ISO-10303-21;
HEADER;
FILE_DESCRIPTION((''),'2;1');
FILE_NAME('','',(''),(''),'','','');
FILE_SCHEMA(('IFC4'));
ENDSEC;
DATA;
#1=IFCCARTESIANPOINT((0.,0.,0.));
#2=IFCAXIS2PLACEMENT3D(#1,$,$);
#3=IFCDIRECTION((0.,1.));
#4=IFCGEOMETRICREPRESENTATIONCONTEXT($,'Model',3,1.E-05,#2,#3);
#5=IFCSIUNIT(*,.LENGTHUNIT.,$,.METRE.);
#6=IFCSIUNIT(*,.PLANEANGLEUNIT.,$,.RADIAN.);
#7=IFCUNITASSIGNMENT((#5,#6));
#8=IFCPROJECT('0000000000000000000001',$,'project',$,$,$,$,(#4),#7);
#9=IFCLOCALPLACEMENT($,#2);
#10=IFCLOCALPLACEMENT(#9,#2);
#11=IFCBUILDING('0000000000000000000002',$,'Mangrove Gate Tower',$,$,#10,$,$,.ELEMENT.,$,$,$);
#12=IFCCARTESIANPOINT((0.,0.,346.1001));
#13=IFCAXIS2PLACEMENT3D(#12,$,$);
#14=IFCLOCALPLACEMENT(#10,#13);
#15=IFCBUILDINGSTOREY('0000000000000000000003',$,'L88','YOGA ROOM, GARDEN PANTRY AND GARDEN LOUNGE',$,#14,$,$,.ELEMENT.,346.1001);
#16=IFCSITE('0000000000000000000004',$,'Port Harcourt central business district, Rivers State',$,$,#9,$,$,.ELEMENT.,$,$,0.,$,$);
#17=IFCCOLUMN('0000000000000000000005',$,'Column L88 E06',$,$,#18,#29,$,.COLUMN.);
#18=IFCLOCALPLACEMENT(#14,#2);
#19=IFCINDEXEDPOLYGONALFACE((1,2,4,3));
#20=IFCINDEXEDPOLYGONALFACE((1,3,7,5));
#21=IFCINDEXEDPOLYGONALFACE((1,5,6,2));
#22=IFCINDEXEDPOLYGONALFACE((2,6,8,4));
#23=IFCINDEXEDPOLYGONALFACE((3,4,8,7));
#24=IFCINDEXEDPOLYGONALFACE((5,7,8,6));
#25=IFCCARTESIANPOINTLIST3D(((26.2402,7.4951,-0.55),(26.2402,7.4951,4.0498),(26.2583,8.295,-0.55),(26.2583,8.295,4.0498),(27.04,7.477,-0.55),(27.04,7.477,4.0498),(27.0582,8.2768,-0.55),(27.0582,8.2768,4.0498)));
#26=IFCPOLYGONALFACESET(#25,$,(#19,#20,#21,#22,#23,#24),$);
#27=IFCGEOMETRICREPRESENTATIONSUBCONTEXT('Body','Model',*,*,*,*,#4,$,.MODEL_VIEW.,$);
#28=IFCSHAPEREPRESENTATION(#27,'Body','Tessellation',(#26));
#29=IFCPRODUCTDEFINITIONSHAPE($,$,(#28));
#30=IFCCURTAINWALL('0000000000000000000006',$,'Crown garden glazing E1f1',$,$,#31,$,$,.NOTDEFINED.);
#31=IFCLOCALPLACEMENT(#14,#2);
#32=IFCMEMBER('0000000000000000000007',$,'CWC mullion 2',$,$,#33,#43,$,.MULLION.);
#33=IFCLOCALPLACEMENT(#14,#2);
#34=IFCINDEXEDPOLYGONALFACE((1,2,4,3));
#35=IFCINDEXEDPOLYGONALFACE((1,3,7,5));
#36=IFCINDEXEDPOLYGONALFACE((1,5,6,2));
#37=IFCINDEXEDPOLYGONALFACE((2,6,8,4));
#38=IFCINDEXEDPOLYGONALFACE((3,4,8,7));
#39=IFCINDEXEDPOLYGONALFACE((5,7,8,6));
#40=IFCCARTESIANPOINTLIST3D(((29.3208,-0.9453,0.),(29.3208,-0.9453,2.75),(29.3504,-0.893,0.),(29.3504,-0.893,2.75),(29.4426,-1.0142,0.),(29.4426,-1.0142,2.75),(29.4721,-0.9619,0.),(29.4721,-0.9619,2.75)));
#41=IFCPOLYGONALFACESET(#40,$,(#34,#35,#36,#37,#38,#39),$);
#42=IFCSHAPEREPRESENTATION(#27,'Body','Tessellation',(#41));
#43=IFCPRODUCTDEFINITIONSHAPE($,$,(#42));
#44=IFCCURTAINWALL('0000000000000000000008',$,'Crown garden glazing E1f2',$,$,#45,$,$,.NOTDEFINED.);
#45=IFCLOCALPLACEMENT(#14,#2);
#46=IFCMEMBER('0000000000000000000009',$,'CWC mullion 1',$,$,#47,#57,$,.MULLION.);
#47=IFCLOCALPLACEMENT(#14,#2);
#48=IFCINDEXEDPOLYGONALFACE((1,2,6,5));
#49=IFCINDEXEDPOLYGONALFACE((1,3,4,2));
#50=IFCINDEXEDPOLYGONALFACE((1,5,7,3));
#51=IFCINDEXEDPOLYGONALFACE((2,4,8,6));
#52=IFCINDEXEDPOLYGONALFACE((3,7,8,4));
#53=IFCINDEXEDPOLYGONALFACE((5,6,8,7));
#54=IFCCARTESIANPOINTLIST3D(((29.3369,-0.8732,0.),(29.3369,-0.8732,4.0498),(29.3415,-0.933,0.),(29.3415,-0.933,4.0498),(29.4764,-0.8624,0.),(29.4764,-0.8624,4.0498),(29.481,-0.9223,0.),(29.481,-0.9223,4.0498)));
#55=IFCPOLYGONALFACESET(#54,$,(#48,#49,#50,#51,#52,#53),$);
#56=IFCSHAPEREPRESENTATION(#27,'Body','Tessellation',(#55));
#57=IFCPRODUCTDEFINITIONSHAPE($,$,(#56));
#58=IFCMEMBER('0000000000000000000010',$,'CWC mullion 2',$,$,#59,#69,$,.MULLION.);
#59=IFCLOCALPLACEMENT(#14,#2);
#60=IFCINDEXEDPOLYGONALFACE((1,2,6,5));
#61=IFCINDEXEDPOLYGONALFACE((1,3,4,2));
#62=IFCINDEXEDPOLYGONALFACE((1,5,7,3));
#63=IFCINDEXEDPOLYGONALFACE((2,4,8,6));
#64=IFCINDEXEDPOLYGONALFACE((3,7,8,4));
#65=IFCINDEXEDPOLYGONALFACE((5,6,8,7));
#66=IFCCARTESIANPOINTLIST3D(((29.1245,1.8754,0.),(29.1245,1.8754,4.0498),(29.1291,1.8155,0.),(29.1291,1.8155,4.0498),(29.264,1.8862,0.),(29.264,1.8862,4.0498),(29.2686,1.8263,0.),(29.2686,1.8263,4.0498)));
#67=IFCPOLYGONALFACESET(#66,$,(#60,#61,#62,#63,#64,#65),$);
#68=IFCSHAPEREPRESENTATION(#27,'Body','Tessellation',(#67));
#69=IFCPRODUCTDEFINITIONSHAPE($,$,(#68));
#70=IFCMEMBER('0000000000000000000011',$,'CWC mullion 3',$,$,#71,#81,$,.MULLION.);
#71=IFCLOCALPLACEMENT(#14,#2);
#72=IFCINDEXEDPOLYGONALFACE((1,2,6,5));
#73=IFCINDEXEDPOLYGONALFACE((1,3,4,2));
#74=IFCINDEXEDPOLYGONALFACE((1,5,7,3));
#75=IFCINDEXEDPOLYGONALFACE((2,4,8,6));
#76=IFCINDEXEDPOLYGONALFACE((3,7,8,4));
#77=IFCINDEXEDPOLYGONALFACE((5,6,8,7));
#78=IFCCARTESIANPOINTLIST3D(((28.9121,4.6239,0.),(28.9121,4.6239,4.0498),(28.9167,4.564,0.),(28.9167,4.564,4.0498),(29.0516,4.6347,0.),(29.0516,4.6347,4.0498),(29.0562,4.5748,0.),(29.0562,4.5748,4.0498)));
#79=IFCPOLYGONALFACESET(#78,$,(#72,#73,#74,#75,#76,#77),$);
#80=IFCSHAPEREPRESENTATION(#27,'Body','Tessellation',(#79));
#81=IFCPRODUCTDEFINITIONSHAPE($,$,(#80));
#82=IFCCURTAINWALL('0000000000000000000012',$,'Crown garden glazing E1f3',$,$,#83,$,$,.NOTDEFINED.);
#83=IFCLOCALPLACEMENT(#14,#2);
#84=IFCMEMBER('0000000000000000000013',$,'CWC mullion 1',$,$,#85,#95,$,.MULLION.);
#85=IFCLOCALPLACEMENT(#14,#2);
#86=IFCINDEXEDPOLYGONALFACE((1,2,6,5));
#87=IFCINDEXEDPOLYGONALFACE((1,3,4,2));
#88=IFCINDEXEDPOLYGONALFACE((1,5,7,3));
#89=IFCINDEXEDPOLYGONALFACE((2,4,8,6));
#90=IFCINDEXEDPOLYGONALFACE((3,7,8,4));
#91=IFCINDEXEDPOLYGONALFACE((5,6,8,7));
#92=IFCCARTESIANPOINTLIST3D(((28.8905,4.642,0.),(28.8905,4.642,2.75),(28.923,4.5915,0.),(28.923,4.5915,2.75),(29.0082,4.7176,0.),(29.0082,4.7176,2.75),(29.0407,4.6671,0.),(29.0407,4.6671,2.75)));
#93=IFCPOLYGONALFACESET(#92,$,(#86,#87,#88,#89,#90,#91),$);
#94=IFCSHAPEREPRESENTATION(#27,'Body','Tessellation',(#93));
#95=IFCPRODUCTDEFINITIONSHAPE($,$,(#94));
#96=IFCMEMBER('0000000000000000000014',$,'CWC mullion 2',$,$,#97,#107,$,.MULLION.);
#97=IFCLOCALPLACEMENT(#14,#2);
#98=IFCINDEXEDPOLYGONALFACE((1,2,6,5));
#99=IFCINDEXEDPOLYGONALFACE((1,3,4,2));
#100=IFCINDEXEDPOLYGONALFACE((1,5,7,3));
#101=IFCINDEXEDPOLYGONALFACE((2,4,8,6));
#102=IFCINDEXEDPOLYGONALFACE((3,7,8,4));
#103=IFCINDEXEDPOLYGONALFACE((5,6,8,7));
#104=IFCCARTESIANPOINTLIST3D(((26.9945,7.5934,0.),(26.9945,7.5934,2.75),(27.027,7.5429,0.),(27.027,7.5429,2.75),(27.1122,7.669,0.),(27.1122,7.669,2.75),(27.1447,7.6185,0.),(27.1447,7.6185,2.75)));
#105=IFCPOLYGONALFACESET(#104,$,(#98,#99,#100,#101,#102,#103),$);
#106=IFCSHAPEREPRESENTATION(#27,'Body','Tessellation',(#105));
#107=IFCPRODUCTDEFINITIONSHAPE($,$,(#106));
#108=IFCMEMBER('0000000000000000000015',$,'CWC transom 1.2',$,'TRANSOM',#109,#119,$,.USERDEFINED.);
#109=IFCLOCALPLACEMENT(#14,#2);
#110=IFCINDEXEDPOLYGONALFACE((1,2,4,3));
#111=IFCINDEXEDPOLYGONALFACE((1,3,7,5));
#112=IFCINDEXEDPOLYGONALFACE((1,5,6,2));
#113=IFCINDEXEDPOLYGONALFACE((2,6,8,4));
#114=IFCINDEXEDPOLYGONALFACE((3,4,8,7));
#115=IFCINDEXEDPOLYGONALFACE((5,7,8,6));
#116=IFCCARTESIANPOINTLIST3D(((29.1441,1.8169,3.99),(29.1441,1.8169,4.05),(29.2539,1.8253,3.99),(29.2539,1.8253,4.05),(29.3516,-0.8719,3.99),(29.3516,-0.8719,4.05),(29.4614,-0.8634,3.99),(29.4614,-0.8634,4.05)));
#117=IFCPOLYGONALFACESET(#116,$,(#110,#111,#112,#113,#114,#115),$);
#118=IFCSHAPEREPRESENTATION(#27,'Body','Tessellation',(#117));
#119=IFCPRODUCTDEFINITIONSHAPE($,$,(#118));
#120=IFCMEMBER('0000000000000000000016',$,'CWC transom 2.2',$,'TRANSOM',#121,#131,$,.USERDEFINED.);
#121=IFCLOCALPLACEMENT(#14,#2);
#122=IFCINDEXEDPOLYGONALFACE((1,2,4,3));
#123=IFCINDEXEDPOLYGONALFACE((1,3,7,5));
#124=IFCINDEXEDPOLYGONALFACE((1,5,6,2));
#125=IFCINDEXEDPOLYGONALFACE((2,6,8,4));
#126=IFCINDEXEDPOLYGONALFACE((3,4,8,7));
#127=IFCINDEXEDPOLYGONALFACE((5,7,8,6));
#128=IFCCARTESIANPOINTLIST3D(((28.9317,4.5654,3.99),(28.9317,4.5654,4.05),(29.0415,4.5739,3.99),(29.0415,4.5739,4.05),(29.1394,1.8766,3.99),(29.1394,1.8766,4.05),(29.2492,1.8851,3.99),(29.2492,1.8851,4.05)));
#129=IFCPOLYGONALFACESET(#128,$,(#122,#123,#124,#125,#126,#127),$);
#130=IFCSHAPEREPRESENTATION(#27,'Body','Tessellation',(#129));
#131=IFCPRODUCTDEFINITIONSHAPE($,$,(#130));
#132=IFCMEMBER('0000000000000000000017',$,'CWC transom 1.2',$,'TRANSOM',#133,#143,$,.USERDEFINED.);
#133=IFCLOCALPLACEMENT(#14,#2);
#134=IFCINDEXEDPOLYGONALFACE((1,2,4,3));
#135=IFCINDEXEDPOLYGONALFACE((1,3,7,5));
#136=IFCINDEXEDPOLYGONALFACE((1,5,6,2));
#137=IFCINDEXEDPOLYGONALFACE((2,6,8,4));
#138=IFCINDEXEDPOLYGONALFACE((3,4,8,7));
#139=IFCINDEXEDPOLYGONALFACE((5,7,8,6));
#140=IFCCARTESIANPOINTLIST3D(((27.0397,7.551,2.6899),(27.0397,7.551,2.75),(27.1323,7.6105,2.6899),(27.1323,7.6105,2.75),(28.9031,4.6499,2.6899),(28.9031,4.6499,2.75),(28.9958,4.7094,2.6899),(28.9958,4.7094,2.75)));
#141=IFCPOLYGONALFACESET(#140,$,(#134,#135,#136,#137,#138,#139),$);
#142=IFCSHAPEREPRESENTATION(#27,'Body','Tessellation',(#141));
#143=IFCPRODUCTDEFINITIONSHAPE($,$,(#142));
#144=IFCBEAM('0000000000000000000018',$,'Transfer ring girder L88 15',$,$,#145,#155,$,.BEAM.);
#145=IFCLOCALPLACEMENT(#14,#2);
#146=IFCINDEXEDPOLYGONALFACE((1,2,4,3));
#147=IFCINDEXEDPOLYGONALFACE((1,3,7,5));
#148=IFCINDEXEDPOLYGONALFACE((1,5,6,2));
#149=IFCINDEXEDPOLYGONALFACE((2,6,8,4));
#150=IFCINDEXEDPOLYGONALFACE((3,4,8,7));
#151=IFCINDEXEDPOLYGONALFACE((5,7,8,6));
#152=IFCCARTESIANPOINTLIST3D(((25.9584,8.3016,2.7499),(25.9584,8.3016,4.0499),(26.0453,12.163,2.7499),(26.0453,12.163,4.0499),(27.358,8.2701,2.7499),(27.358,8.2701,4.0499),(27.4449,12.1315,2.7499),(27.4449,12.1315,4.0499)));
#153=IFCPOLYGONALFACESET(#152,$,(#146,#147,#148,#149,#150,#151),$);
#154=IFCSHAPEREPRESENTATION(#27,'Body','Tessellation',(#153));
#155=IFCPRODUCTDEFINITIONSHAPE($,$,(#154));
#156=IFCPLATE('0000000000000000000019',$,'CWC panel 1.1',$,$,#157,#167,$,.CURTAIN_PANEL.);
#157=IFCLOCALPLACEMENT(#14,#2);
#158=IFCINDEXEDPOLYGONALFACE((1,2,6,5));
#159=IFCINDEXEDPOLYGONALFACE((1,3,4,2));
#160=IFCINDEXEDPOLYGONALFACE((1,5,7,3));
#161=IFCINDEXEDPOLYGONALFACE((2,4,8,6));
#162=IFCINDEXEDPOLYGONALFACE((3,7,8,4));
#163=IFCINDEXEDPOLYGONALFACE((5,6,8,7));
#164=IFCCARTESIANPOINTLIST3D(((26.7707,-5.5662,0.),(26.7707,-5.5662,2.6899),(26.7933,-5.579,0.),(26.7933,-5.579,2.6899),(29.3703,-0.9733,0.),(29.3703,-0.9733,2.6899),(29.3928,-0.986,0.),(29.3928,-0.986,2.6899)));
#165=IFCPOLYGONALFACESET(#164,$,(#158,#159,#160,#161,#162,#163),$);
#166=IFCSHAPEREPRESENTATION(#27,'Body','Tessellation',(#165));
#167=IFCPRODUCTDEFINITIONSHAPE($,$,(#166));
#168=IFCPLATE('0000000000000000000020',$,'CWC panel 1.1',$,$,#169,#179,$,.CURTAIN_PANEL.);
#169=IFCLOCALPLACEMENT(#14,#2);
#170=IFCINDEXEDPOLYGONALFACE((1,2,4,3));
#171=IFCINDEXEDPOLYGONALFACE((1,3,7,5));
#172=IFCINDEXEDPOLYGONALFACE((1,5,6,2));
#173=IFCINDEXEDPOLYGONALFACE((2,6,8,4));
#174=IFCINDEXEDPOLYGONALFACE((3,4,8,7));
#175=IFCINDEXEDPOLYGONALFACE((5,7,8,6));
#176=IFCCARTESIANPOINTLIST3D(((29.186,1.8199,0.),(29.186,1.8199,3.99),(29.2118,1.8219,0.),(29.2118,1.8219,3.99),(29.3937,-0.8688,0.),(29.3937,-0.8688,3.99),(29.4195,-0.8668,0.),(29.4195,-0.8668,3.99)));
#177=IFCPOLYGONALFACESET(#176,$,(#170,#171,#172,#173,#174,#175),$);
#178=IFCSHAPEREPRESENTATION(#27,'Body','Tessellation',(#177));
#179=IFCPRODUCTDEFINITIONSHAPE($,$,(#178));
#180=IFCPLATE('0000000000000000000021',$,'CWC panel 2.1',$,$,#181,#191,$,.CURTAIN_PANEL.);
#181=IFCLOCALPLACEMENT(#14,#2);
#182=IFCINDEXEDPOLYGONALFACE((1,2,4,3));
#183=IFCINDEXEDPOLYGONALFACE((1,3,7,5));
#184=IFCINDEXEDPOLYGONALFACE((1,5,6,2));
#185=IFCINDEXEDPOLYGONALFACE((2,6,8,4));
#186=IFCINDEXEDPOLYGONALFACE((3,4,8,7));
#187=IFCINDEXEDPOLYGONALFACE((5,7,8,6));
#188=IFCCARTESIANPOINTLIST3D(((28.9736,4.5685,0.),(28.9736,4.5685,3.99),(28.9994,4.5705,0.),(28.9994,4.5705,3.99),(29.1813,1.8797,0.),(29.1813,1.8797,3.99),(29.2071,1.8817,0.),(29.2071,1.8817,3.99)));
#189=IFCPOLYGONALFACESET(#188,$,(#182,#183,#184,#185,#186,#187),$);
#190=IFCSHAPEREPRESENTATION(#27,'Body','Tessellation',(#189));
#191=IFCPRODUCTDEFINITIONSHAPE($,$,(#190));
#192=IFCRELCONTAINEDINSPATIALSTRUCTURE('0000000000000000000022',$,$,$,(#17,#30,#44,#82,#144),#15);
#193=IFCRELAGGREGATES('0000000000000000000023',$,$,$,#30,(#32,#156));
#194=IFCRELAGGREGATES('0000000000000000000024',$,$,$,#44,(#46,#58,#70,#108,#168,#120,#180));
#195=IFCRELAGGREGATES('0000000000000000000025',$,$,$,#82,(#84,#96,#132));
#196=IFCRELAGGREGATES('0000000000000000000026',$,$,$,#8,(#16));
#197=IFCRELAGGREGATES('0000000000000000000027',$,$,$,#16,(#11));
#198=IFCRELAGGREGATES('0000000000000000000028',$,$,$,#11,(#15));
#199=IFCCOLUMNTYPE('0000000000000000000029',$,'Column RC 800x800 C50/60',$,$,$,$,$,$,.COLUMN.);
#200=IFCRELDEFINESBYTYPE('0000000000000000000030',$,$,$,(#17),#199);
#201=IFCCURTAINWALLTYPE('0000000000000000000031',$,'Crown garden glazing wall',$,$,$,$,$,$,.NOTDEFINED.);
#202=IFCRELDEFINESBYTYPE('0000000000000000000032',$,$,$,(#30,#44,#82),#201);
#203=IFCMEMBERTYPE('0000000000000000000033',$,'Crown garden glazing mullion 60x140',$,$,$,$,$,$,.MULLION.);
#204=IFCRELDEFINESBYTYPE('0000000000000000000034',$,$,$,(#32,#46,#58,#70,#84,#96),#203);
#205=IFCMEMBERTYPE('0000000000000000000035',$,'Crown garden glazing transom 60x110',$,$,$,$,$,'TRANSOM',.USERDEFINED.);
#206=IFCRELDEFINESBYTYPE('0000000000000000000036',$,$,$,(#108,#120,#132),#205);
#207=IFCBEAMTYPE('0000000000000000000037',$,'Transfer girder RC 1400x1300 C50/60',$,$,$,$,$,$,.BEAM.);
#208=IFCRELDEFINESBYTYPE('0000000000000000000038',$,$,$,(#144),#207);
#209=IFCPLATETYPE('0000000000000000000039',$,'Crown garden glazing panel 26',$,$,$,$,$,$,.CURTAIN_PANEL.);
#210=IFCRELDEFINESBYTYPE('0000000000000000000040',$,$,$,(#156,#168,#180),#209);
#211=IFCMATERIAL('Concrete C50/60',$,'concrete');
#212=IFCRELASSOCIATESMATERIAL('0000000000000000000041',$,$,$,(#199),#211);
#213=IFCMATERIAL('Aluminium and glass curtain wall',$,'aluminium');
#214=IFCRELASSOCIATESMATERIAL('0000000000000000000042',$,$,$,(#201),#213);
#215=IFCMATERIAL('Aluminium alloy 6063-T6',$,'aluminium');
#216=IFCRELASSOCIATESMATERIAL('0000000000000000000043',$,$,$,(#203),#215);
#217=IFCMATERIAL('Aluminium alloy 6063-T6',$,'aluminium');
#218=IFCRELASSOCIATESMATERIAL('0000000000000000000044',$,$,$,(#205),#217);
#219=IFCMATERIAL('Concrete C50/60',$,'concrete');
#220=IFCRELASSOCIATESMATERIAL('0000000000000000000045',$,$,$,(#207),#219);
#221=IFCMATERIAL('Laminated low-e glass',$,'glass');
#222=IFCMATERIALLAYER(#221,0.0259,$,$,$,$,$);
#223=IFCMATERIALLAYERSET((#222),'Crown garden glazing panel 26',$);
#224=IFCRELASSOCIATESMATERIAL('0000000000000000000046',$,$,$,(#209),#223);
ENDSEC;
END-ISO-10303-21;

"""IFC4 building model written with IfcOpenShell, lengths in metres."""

from ifc_helpers import new_model, si_unit, direction, frame, origin, origin_2d, place, context, subcontext, project, spatial, rectangle, extrude, material, layer, layer_set, material_profile, profile_set, type_object, element, aggregate, save


model = new_model("IFC4")

# Units and contexts
model_context = context("Model", 3, precision=1e-05, world=origin(), true_north=direction((0.0, 1.0)))
body_context = subcontext(model_context, "Body", "Model", "MODEL_VIEW")
ifc_project = project(units=[si_unit("LENGTHUNIT", "METRE"), si_unit("PLANEANGLEUNIT", "RADIAN")], contexts=[model_context])

# Site, building, storey
site_placement = place(None, origin())
site = spatial("IfcSite", under=ifc_project, at=site_placement, Name="Port Harcourt central business district, Rivers State", CompositionType="ELEMENT", RefElevation=0.0)
building_placement = place(site_placement, origin())
building = spatial("IfcBuilding", under=site, at=building_placement, Name="Mangrove Gate Tower", CompositionType="ELEMENT")
storey_placement = place(building_placement, frame((0.0, 0.0, 346.1001)))
storey = spatial("IfcBuildingStorey", under=building, at=storey_placement, Name="L88", Description="YOGA ROOM, GARDEN PANTRY AND GARDEN LOUNGE", CompositionType="ELEMENT", Elevation=346.1001)

# Column
ifc_material_1 = material(Name="Concrete C50/60", Category="concrete")
ifc_material_profile_1 = material_profile(ifc_material_1, rectangle(XDim=0.8, YDim=0.8, at=origin_2d()))
ifc_profile_set_1 = profile_set([ifc_material_profile_1], Name="Concrete C50/60")
column_type = type_object("IfcColumnType", Name="Column RC 800x800 C50/60", PredefinedType="COLUMN", material=ifc_profile_set_1)
column_placement = place(storey_placement, frame((26.6492, 7.886, -0.55), z_axis=(0.0, 0.0, 1.0), x_axis=(0.022647, 0.999744, 0.0)))
element("IfcColumn", 1, at=column_placement, inside=storey, type_object=column_type, Name="Column L88 E06", PredefinedType="COLUMN", context=body_context, shape_type="SweptSolid", body=[
    extrude(rectangle(XDim=0.8, YDim=0.8, at=origin_2d()), origin(), (0.0, 0.0, 1.0), 4.5999),
])

# Curtain wall, member
ifc_material_2 = material(Name="Aluminium and glass curtain wall", Category="aluminium")
curtain_wall_type = type_object("IfcCurtainWallType", Name="Crown garden glazing wall", PredefinedType="NOTDEFINED", material=ifc_material_2)
curtain_wall_1_placement = place(storey_placement, origin())
curtain_wall_1 = element("IfcCurtainWall", 2, at=curtain_wall_1_placement, inside=storey, type_object=curtain_wall_type, Name="Crown garden glazing E1f1", PredefinedType="NOTDEFINED")
ifc_material_3 = material(Name="Aluminium alloy 6063-T6", Category="aluminium")
ifc_material_profile_2 = material_profile(ifc_material_3, rectangle(XDim=0.0601, YDim=0.1399, at=origin_2d()))
ifc_profile_set_2 = profile_set([ifc_material_profile_2], Name="Aluminium alloy 6063-T6")
member_type_1 = type_object("IfcMemberType", Name="Crown garden glazing mullion 60x140", PredefinedType="MULLION", material=ifc_profile_set_2)
member_1_placement = place(storey_placement, frame((29.3965, -0.9536, 0.0), z_axis=(0.0, 0.0, 1.0), x_axis=(0.492566, 0.870275, 0.0)))
member_1 = element("IfcMember", 3, at=member_1_placement, type_object=member_type_1, Name="CWC mullion 2", PredefinedType="MULLION", context=body_context, shape_type="SweptSolid", body=[
    extrude(rectangle(XDim=0.0601, YDim=0.1399, at=origin_2d()), origin(), (0.0, 0.0, 1.0), 2.75),
])

# Curtain walls, members
curtain_wall_2_placement = place(storey_placement, origin())
curtain_wall_2 = element("IfcCurtainWall", 4, at=curtain_wall_2_placement, inside=storey, type_object=curtain_wall_type, Name="Crown garden glazing E1f2", PredefinedType="NOTDEFINED")
member_2_placement = place(storey_placement, frame((29.4089, -0.8977, 0.0), z_axis=(0.0, 0.0, 1.0), x_axis=(-0.077023, 0.997029, 0.0)))
member_2 = element("IfcMember", 5, at=member_2_placement, type_object=member_type_1, Name="CWC mullion 1", PredefinedType="MULLION", context=body_context, shape_type="SweptSolid", body=[
    extrude(rectangle(XDim=0.0601, YDim=0.1399, at=origin_2d()), origin(), (0.0, 0.0, 1.0), 4.0498),
])
member_3_placement = place(storey_placement, frame((29.1965, 1.8508, 0.0), z_axis=(0.0, 0.0, 1.0), x_axis=(-0.077023, 0.997029, 0.0)))
member_3 = element("IfcMember", 6, at=member_3_placement, type_object=member_type_1, Name="CWC mullion 2", PredefinedType="MULLION", context=body_context, shape_type="SweptSolid", body=[
    extrude(rectangle(XDim=0.0601, YDim=0.1399, at=origin_2d()), origin(), (0.0, 0.0, 1.0), 4.0498),
])
member_4_placement = place(storey_placement, frame((28.9841, 4.5994, 0.0), z_axis=(0.0, 0.0, 1.0), x_axis=(-0.077023, 0.997029, 0.0)))
member_4 = element("IfcMember", 7, at=member_4_placement, type_object=member_type_1, Name="CWC mullion 3", PredefinedType="MULLION", context=body_context, shape_type="SweptSolid", body=[
    extrude(rectangle(XDim=0.0601, YDim=0.1399, at=origin_2d()), origin(), (0.0, 0.0, 1.0), 4.0498),
])
curtain_wall_3_placement = place(storey_placement, origin())
curtain_wall_3 = element("IfcCurtainWall", 8, at=curtain_wall_3_placement, inside=storey, type_object=curtain_wall_type, Name="Crown garden glazing E1f3", PredefinedType="NOTDEFINED")
member_5_placement = place(storey_placement, frame((28.9656, 4.6545, 0.0), z_axis=(0.0, 0.0, 1.0), x_axis=(-0.540496, 0.841347, 0.0)))
member_5 = element("IfcMember", 9, at=member_5_placement, type_object=member_type_1, Name="CWC mullion 1", PredefinedType="MULLION", context=body_context, shape_type="SweptSolid", body=[
    extrude(rectangle(XDim=0.0601, YDim=0.1399, at=origin_2d()), origin(), (0.0, 0.0, 1.0), 2.75),
])
member_6_placement = place(storey_placement, frame((27.0696, 7.606, 0.0), z_axis=(0.0, 0.0, 1.0), x_axis=(-0.540496, 0.841347, 0.0)))
member_6 = element("IfcMember", 10, at=member_6_placement, type_object=member_type_1, Name="CWC mullion 2", PredefinedType="MULLION", context=body_context, shape_type="SweptSolid", body=[
    extrude(rectangle(XDim=0.0601, YDim=0.1399, at=origin_2d()), origin(), (0.0, 0.0, 1.0), 2.75),
])

# Members
ifc_material_4 = material(Name="Aluminium alloy 6063-T6", Category="aluminium")
ifc_material_profile_3 = material_profile(ifc_material_4, rectangle(XDim=0.0601, YDim=0.1101, at=origin_2d()))
ifc_profile_set_3 = profile_set([ifc_material_profile_3], Name="Aluminium alloy 6063-T6")
member_type_2 = type_object("IfcMemberType", Name="Crown garden glazing transom 60x110", ElementType="TRANSOM", PredefinedType="USERDEFINED", material=ifc_profile_set_3)
member_7_placement = place(storey_placement, frame((29.4065, -0.8677, 4.02), z_axis=(-0.076953, 0.997035, 0.0), x_axis=(0.0, 0.0, 1.0)))
member_7 = element("IfcMember", 11, at=member_7_placement, type_object=member_type_2, Name="CWC transom 1.2", ObjectType="TRANSOM", PredefinedType="USERDEFINED", context=body_context, shape_type="SweptSolid", body=[
    extrude(rectangle(XDim=0.0601, YDim=0.1101, at=origin_2d()), origin(), (0.0, 0.0, 1.0), 2.6968),
])
member_8_placement = place(storey_placement, frame((29.1943, 1.8809, 4.02), z_axis=(-0.077043, 0.997028, 0.0), x_axis=(0.0, 0.0, 1.0)))
member_8 = element("IfcMember", 12, at=member_8_placement, type_object=member_type_2, Name="CWC transom 2.2", ObjectType="TRANSOM", PredefinedType="USERDEFINED", context=body_context, shape_type="SweptSolid", body=[
    extrude(rectangle(XDim=0.0601, YDim=0.1101, at=origin_2d()), origin(), (0.0, 0.0, 1.0), 2.6968),
])
member_9_placement = place(storey_placement, frame((28.9495, 4.6797, 2.72), z_axis=(-0.540453, 0.841374, 0.0), x_axis=(0.0, 0.0, 1.0)))
member_9 = element("IfcMember", 13, at=member_9_placement, type_object=member_type_2, Name="CWC transom 1.2", ObjectType="TRANSOM", PredefinedType="USERDEFINED", context=body_context, shape_type="SweptSolid", body=[
    extrude(rectangle(XDim=0.0601, YDim=0.1101, at=origin_2d()), origin(), (0.0, 0.0, 1.0), 3.448),
])

# Beam
ifc_material_5 = material(Name="Concrete C50/60", Category="concrete")
ifc_material_profile_4 = material_profile(ifc_material_5, rectangle(XDim=1.3999, YDim=1.3, at=origin_2d()))
ifc_profile_set_4 = profile_set([ifc_material_profile_4], Name="Concrete C50/60")
beam_type = type_object("IfcBeamType", Name="Transfer girder RC 1400x1300 C50/60", PredefinedType="BEAM", material=ifc_profile_set_4)
beam_placement = place(storey_placement, frame((26.6582, 8.2859, 3.3999), z_axis=(0.022503, 0.999747, 0.0), x_axis=(-0.999747, 0.022503, 0.0)))
element("IfcBeam", 14, at=beam_placement, inside=storey, type_object=beam_type, Name="Transfer ring girder L88 15", PredefinedType="BEAM", context=body_context, shape_type="SweptSolid", body=[
    extrude(rectangle(XDim=1.3999, YDim=1.3, at=origin_2d()), origin(), (0.0, 0.0, 1.0), 3.8623),
])

# Plates
ifc_material_6 = material(Name="Laminated low-e glass", Category="glass")
ifc_layer_1 = layer(ifc_material_6, 0.0259)
ifc_layer_set_1 = layer_set([ifc_layer_1], Name="Crown garden glazing panel 26")
plate_type = type_object("IfcPlateType", Name="Crown garden glazing panel 26", PredefinedType="CURTAIN_PANEL", material=ifc_layer_set_1)
plate_1_placement = place(storey_placement, frame((28.0818, -3.2761, 0.0), z_axis=(0.0, 0.0, 1.0), x_axis=(0.492566, 0.870275, 0.0)))
plate_1 = element("IfcPlate", 15, at=plate_1_placement, type_object=plate_type, Name="CWC panel 1.1", PredefinedType="CURTAIN_PANEL", context=body_context, shape_type="SweptSolid", body=[
    extrude(rectangle(XDim=5.2776, YDim=0.0259, at=origin_2d()), origin(), (0.0, 0.0, 1.0), 2.6899),
])
aggregate(curtain_wall_1, [member_1, plate_1])
plate_2_placement = place(storey_placement, frame((29.3027, 0.4766, 0.0), z_axis=(0.0, 0.0, 1.0), x_axis=(-0.077023, 0.997029, 0.0)))
plate_2 = element("IfcPlate", 16, at=plate_2_placement, type_object=plate_type, Name="CWC panel 1.1", PredefinedType="CURTAIN_PANEL", context=body_context, shape_type="SweptSolid", body=[
    extrude(rectangle(XDim=2.6968, YDim=0.0259, at=origin_2d()), origin(), (0.0, 0.0, 1.0), 3.99),
])
plate_3_placement = place(storey_placement, frame((29.0903, 3.2251, 0.0), z_axis=(0.0, 0.0, 1.0), x_axis=(-0.077023, 0.997029, 0.0)))
plate_3 = element("IfcPlate", 17, at=plate_3_placement, type_object=plate_type, Name="CWC panel 2.1", PredefinedType="CURTAIN_PANEL", context=body_context, shape_type="SweptSolid", body=[
    extrude(rectangle(XDim=2.6968, YDim=0.0259, at=origin_2d()), origin(), (0.0, 0.0, 1.0), 3.99),
])
aggregate(curtain_wall_2, [member_2, member_3, member_4, member_7, plate_2, member_8, plate_3])
aggregate(curtain_wall_3, [member_5, member_6, member_9])

save(model, "model.ifc")
